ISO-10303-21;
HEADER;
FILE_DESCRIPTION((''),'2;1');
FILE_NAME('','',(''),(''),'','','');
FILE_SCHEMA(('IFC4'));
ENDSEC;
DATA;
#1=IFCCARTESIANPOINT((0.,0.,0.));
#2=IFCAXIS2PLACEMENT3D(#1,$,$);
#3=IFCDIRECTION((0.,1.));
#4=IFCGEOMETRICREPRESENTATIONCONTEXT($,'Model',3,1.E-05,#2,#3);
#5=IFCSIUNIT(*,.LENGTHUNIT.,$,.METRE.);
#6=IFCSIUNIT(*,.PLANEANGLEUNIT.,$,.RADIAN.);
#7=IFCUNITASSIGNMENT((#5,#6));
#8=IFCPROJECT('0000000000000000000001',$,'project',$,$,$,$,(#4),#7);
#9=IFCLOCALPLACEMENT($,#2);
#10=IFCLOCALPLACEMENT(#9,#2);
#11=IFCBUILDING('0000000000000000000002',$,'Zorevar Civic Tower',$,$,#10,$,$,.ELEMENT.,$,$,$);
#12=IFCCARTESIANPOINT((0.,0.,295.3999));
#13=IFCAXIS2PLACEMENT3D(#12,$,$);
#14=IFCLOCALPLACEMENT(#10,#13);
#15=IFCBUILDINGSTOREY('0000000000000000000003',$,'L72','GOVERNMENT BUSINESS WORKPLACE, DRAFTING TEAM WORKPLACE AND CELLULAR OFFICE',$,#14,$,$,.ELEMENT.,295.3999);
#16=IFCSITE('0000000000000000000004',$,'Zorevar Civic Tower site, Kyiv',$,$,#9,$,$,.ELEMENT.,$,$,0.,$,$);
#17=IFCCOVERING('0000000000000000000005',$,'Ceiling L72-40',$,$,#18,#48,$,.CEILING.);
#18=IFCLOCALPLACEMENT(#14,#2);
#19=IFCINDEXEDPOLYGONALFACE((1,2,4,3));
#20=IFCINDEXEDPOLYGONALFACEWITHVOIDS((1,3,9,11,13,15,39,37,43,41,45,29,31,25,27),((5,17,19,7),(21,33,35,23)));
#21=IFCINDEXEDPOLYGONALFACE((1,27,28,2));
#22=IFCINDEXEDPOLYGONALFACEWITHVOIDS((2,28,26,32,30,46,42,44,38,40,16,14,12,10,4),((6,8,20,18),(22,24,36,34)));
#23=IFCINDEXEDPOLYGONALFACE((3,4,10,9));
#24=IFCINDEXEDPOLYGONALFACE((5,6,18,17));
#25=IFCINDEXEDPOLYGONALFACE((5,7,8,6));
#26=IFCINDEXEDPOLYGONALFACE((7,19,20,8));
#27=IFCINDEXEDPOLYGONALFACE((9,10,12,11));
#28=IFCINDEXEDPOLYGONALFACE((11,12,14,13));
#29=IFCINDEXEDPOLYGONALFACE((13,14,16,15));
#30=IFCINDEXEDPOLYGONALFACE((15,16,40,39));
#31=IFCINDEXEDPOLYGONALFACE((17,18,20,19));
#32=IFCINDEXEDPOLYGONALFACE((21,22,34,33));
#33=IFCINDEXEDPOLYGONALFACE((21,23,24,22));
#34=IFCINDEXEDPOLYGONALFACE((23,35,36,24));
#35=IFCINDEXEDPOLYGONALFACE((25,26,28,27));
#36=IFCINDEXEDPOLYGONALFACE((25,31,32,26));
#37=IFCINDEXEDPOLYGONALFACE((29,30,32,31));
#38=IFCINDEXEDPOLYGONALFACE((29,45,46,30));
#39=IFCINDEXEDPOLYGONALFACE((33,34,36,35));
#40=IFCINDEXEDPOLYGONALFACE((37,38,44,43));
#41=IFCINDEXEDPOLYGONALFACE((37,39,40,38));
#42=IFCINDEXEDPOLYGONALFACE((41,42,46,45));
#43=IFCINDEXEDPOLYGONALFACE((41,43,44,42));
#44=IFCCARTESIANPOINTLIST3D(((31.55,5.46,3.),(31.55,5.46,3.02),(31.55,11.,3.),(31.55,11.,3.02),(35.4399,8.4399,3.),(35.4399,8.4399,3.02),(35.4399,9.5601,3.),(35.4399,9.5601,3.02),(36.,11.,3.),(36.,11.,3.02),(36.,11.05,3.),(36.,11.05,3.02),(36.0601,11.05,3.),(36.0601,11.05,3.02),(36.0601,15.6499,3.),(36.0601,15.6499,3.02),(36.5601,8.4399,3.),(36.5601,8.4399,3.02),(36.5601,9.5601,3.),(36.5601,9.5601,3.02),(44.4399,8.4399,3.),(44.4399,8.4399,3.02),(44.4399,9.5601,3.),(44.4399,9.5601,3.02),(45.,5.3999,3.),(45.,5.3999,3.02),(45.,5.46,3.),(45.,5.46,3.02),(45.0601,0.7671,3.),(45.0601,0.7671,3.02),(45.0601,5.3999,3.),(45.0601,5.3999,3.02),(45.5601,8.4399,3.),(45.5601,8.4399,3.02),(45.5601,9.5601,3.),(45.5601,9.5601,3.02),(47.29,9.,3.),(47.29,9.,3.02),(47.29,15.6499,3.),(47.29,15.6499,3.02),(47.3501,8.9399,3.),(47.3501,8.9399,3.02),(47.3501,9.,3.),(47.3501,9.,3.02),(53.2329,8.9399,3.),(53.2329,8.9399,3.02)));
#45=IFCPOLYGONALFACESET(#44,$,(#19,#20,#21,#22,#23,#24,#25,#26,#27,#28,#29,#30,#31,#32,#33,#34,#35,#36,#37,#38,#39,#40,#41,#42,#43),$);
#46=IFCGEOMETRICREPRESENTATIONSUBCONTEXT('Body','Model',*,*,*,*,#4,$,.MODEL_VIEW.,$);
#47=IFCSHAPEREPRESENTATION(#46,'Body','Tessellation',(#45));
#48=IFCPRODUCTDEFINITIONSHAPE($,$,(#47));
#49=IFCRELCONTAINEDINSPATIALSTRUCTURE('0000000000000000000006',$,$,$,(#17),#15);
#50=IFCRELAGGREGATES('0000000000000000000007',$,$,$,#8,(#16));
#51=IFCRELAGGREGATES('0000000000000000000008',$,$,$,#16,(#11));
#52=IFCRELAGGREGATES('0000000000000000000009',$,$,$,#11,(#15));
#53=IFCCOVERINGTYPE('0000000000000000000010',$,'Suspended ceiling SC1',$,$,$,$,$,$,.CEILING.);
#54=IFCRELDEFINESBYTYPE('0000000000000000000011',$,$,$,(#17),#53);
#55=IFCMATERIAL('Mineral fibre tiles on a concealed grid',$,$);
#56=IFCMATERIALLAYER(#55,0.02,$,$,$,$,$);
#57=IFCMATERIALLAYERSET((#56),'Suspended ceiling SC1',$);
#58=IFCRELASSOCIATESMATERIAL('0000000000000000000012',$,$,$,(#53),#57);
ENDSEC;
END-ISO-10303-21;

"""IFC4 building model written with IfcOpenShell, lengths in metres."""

from ifc_helpers import new_model, si_unit, direction, frame, origin, place, context, subcontext, project, spatial, polyline, outline, extrude, material, layer, layer_set, type_object, element, save


model = new_model("IFC4")

# Units and contexts
model_context = context("Model", 3, precision=1e-05, world=origin(), true_north=direction((0.0, 1.0)))
body_context = subcontext(model_context, "Body", "Model", "MODEL_VIEW")
ifc_project = project(units=[si_unit("LENGTHUNIT", "METRE"), si_unit("PLANEANGLEUNIT", "RADIAN")], contexts=[model_context])

# Site, building, storey
site_placement = place(None, origin())
site = spatial("IfcSite", under=ifc_project, at=site_placement, Name="Zorevar Civic Tower site, Kyiv", CompositionType="ELEMENT", RefElevation=0.0)
building_placement = place(site_placement, origin())
building = spatial("IfcBuilding", under=site, at=building_placement, Name="Zorevar Civic Tower", CompositionType="ELEMENT")
storey_placement = place(building_placement, frame((0.0, 0.0, 295.3999)))
storey = spatial("IfcBuildingStorey", under=building, at=storey_placement, Name="L72", Description="GOVERNMENT BUSINESS WORKPLACE, DRAFTING TEAM WORKPLACE AND CELLULAR OFFICE", CompositionType="ELEMENT", Elevation=295.3999)

# Covering
ifc_material_1 = material(Name="Mineral fibre tiles on a concealed grid")
ifc_layer_1 = layer(ifc_material_1, 0.02)
ifc_layer_set_1 = layer_set([ifc_layer_1], Name="Suspended ceiling SC1")
covering_type_1 = type_object("IfcCoveringType", Name="Suspended ceiling SC1", PredefinedType="CEILING", material=ifc_layer_set_1)
covering_1_placement = place(storey_placement, frame((0.0, 0.0, 3.0)))
element("IfcCovering", 1, at=covering_1_placement, inside=storey, type_object=covering_type_1, Name="Ceiling L72-40", PredefinedType="CEILING", context=body_context, shape_type="SweptSolid", body=[
    extrude(outline(polyline([(45.0601, 5.3999), (45.0, 5.3999), (45.0, 5.46), (31.55, 5.46), (31.55, 11.0), (36.0, 11.0), (36.0, 11.05), (36.0601, 11.05), (36.0601, 15.6499), (47.29, 15.6499), (47.29, 9.0), (47.3501, 9.0), (47.3501, 8.9399), (53.2329, 8.9399), (45.0601, 0.7671), (45.0601, 5.3999)]), holes=[polyline([(36.5601, 9.5601), (35.4399, 9.5601), (35.4399, 8.4399), (36.5601, 8.4399), (36.5601, 9.5601)]), polyline([(44.4399, 8.4399), (45.5601, 8.4399), (45.5601, 9.5601), (44.4399, 9.5601), (44.4399, 8.4399)])]), origin(), (0.0, 0.0, 1.0), 0.02),
])

save(model, "model.ifc")
